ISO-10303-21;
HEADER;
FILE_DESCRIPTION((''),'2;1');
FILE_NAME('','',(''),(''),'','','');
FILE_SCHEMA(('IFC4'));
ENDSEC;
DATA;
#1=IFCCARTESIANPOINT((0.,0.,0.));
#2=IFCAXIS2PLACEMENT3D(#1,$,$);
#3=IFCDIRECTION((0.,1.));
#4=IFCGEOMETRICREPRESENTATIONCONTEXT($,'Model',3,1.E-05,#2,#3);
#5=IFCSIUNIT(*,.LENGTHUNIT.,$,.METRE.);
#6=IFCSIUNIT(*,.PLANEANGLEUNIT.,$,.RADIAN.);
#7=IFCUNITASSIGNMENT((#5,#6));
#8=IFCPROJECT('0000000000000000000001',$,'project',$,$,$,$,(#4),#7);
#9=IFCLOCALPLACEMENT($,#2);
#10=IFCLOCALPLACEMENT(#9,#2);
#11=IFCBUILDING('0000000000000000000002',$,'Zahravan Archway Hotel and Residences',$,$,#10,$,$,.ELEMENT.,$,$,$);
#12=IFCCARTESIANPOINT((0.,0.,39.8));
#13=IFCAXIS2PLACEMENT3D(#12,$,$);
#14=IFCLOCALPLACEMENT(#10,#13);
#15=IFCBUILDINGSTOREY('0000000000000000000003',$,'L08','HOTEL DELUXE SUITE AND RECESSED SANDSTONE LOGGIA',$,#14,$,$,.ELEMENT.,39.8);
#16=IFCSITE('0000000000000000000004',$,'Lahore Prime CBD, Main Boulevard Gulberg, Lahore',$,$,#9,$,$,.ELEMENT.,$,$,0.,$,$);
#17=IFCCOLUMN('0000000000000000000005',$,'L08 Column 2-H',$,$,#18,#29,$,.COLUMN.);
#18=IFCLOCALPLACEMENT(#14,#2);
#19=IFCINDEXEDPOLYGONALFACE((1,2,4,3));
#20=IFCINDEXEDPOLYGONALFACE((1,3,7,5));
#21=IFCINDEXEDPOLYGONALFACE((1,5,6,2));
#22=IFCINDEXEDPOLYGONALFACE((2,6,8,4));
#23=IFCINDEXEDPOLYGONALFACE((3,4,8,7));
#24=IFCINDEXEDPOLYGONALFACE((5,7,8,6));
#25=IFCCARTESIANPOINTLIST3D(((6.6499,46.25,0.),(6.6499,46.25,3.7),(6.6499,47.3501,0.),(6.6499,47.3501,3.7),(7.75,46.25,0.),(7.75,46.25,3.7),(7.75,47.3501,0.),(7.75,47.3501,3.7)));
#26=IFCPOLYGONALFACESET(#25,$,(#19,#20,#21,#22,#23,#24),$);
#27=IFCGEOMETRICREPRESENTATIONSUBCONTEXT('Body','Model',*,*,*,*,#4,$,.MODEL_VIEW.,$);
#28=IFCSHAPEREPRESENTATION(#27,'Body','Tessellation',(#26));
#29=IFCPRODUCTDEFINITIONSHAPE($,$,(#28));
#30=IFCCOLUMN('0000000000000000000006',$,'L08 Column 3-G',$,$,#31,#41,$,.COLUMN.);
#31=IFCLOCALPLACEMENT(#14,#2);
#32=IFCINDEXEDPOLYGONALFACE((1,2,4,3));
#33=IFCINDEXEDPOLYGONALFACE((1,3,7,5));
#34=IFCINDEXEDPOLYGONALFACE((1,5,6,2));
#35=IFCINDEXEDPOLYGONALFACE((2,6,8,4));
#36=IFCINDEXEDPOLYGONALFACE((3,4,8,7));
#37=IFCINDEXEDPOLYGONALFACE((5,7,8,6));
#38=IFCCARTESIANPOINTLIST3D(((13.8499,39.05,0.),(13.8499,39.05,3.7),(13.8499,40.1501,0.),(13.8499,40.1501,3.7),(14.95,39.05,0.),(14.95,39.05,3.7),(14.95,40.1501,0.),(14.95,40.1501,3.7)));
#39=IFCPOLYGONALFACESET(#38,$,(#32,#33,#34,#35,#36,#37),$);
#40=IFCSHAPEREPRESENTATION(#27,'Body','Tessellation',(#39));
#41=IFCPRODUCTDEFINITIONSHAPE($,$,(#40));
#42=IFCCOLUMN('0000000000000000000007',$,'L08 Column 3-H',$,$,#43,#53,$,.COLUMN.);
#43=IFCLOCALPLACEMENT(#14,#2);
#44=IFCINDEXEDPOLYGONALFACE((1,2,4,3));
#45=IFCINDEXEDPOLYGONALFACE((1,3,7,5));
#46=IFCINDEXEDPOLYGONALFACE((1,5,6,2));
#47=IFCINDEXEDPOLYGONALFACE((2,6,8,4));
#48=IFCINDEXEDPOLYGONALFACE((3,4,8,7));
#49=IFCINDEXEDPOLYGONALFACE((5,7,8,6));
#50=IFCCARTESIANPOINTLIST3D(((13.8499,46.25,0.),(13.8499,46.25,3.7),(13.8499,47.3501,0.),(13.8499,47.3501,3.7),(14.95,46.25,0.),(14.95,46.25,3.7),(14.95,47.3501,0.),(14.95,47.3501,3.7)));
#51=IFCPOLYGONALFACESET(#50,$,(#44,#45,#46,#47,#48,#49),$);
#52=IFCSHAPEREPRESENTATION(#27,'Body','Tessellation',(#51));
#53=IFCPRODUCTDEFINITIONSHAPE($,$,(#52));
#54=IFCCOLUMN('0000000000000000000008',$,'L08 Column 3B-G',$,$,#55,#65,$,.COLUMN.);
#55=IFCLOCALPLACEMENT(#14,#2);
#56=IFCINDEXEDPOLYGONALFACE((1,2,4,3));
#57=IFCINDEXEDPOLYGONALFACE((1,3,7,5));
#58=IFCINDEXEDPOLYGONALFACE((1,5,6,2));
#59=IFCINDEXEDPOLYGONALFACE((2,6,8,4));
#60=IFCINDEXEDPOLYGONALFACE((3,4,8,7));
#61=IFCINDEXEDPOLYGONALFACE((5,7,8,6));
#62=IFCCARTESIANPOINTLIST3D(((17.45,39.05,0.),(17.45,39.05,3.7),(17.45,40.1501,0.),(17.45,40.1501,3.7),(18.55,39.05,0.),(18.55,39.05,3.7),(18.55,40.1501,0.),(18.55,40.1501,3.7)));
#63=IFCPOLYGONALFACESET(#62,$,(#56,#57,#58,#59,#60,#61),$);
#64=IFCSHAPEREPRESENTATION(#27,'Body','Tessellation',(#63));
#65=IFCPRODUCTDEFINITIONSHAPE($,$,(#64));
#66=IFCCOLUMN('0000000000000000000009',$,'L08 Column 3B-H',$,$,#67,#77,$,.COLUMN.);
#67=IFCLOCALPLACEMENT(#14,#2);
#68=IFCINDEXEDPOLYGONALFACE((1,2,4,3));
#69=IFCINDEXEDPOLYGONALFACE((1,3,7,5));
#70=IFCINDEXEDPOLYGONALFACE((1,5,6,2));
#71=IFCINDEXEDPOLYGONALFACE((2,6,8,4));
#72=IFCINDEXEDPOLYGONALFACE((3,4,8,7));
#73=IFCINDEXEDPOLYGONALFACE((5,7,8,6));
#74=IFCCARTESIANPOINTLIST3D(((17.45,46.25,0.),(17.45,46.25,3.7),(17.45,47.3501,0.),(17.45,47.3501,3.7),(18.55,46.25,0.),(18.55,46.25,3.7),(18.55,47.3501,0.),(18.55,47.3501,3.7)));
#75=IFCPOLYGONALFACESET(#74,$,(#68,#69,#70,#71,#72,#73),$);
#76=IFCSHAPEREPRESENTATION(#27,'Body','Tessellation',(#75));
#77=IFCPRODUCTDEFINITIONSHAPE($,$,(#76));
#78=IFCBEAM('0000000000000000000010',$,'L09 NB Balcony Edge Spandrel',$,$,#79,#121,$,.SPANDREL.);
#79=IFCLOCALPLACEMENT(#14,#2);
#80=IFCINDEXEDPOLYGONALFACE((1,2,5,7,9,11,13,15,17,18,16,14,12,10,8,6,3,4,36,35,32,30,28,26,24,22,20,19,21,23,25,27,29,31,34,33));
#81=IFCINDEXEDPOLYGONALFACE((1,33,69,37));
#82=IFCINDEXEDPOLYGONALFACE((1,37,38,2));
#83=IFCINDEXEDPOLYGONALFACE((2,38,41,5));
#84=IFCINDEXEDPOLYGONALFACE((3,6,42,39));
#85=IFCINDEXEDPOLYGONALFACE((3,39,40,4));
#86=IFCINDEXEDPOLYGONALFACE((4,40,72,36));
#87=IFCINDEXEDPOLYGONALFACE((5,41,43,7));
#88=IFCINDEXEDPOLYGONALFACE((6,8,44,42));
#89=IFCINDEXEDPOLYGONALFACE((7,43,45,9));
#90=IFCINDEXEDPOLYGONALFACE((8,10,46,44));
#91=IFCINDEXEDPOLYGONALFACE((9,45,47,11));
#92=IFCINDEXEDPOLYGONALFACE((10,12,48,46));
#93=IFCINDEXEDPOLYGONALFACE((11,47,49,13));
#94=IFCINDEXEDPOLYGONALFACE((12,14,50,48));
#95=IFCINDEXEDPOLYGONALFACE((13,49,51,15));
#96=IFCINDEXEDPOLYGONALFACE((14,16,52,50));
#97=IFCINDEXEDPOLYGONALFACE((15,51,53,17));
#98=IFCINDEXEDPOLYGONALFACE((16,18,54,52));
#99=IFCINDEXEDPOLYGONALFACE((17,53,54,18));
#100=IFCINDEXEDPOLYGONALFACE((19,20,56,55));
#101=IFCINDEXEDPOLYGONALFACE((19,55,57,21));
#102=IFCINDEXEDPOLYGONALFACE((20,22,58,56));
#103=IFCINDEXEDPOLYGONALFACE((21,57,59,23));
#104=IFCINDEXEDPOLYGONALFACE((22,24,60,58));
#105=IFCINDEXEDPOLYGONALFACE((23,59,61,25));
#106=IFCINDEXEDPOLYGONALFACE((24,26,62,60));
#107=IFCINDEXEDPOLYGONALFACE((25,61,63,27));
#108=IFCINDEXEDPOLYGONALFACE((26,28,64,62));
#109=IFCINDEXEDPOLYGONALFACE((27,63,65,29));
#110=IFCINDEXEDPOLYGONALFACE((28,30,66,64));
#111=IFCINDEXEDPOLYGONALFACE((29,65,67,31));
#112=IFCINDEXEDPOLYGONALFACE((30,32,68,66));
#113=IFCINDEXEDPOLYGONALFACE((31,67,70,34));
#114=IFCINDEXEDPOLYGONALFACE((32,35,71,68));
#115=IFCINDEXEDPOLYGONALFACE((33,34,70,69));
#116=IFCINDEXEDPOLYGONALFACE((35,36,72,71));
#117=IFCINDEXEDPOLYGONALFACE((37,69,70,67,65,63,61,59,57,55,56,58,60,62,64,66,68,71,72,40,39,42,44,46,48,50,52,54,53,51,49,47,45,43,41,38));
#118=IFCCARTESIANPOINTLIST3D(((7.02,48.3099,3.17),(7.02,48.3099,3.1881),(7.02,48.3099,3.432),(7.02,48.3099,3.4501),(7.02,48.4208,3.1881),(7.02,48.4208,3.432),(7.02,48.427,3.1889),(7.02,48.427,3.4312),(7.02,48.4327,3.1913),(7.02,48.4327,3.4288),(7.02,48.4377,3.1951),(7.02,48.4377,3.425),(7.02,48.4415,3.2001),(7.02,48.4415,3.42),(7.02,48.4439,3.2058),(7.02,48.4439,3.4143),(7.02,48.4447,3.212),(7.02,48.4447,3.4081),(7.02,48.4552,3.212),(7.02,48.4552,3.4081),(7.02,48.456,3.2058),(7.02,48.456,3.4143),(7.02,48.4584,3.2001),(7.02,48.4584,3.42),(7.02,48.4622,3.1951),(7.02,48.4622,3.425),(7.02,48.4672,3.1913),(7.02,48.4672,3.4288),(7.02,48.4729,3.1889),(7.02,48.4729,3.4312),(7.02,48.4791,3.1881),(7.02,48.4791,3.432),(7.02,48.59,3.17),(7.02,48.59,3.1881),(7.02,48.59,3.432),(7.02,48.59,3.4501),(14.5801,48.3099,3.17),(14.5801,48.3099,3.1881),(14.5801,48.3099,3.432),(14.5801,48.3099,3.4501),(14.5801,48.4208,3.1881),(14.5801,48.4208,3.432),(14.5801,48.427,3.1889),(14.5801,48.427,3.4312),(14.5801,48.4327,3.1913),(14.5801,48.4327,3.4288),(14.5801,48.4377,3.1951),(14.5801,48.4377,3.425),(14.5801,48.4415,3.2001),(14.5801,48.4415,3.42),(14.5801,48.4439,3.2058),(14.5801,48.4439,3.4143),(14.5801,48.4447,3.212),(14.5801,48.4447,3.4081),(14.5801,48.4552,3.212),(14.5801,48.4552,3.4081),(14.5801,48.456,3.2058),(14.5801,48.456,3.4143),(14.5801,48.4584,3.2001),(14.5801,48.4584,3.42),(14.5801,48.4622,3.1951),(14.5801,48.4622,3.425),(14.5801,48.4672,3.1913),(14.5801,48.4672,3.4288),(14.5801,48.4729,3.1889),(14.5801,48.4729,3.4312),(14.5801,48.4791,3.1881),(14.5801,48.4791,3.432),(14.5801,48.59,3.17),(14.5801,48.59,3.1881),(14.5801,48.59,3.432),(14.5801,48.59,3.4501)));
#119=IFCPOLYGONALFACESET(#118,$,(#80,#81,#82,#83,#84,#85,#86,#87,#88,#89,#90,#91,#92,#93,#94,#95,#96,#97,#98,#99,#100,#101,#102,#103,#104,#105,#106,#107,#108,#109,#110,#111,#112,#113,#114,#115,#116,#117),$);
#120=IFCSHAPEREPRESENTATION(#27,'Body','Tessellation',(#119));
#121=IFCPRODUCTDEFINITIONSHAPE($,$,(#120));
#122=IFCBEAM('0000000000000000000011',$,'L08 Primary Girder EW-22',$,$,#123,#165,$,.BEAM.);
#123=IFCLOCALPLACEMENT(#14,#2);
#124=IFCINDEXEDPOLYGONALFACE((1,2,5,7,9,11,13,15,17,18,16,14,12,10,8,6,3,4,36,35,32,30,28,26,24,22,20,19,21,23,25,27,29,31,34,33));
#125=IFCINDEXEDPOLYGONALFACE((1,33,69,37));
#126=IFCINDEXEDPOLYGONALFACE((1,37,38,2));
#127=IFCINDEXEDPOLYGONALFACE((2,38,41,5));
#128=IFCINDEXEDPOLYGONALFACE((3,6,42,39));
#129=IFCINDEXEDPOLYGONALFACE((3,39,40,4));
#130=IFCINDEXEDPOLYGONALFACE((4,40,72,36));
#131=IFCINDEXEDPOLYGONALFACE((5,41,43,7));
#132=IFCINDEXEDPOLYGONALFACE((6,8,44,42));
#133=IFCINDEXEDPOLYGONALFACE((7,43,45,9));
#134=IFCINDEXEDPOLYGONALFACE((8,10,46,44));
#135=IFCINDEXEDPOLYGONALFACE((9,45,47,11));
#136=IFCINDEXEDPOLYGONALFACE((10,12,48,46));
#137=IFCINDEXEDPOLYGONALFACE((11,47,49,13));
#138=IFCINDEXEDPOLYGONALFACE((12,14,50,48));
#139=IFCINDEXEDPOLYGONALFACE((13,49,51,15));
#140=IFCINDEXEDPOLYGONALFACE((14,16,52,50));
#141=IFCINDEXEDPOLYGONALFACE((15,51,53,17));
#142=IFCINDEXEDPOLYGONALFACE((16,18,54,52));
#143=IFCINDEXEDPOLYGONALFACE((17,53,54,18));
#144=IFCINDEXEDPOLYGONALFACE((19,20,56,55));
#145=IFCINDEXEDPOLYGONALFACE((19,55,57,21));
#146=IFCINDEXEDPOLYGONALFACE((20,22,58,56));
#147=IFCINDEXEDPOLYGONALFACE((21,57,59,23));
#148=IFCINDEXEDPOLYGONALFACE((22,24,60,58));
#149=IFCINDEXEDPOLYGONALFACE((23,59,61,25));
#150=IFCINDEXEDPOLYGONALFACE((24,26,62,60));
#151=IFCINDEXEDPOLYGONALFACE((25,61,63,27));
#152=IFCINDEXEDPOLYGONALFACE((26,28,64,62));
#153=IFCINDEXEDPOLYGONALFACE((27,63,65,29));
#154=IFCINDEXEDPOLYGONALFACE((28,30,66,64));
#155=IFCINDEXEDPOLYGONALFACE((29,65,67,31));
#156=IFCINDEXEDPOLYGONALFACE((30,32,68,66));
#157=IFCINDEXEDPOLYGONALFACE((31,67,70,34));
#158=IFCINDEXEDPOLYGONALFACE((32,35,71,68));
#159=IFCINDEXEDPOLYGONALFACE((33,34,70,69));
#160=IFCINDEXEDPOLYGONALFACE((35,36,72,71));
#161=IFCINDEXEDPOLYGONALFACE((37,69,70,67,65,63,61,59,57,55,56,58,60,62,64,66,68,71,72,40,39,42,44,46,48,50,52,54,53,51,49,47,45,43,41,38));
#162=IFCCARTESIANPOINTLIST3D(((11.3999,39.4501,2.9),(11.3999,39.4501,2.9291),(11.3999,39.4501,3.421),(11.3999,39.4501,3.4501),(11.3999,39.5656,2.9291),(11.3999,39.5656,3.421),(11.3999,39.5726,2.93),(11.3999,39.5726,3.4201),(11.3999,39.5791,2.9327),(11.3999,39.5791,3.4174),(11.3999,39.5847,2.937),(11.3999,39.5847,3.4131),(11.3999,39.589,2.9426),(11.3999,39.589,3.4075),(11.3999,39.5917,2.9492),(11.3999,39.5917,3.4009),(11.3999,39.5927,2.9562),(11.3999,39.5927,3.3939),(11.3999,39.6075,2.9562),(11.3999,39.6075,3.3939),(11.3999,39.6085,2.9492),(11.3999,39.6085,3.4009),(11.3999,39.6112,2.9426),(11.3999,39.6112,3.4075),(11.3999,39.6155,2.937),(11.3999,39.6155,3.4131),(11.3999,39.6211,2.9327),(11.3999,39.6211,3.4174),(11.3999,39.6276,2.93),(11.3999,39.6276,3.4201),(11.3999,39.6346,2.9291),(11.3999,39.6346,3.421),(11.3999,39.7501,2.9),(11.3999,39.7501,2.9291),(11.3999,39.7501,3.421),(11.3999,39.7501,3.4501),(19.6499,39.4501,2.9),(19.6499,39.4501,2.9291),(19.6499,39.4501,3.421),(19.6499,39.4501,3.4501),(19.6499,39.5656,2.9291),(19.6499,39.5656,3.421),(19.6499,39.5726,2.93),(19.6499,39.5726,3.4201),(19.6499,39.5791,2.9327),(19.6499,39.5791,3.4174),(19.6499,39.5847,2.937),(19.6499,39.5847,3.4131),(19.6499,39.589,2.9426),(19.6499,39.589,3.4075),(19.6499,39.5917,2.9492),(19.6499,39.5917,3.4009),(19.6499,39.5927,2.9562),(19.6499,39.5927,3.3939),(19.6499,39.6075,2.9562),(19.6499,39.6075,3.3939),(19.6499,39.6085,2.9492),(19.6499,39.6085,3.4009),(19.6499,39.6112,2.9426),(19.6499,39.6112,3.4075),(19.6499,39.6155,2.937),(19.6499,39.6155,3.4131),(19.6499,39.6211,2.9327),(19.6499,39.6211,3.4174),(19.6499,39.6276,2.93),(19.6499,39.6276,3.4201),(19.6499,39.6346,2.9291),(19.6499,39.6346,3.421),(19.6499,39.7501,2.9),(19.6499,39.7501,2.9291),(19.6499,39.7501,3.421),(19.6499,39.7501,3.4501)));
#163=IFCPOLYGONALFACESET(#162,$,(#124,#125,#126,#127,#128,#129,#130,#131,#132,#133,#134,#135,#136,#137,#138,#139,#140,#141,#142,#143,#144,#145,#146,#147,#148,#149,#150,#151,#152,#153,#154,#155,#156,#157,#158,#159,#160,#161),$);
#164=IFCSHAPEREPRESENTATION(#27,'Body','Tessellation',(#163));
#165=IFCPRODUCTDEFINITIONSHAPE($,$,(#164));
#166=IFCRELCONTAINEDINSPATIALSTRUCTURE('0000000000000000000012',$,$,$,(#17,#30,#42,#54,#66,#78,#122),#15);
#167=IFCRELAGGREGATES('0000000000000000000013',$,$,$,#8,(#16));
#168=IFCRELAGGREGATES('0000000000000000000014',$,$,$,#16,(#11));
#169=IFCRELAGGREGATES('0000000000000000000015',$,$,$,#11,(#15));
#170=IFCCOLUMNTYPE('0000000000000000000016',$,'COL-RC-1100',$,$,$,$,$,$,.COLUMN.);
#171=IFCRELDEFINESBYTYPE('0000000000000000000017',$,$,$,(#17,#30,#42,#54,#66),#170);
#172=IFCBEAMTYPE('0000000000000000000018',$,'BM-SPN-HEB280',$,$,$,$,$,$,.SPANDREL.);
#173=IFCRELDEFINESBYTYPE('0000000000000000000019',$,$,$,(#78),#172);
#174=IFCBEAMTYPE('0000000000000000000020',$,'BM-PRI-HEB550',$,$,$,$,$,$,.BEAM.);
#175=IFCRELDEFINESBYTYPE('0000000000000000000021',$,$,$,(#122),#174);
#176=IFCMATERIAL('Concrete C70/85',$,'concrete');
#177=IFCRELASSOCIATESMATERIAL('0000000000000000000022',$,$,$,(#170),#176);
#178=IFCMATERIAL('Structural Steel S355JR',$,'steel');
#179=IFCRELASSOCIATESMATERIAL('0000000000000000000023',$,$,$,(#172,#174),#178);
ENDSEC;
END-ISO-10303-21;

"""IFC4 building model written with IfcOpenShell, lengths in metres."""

from ifc_helpers import new_model, si_unit, direction, frame, origin, origin_2d, place, context, subcontext, project, spatial, rectangle, i_section, extrude, source, transform, mapped, material, material_profile, profile_set, type_object, type_shapes, element, save


model = new_model("IFC4")

# Units and contexts
model_context = context("Model", 3, precision=1e-05, world=origin(), true_north=direction((0.0, 1.0)))
body_context = subcontext(model_context, "Body", "Model", "MODEL_VIEW")
ifc_project = project(units=[si_unit("LENGTHUNIT", "METRE"), si_unit("PLANEANGLEUNIT", "RADIAN")], contexts=[model_context])

# Site, building, storey
site_placement = place(None, origin())
site = spatial("IfcSite", under=ifc_project, at=site_placement, Name="Lahore Prime CBD, Main Boulevard Gulberg, Lahore", CompositionType="ELEMENT", RefElevation=0.0)
building_placement = place(site_placement, origin())
building = spatial("IfcBuilding", under=site, at=building_placement, Name="Zahravan Archway Hotel and Residences", CompositionType="ELEMENT")
storey_placement = place(building_placement, frame((0.0, 0.0, 39.8)))
storey = spatial("IfcBuildingStorey", under=building, at=storey_placement, Name="L08", Description="HOTEL DELUXE SUITE AND RECESSED SANDSTONE LOGGIA", CompositionType="ELEMENT", Elevation=39.8)

# Columns
ifc_material_1 = material(Name="Concrete C70/85", Category="concrete")
ifc_material_profile_1 = material_profile(ifc_material_1, rectangle(XDim=1.1001, YDim=1.1001, at=origin_2d()), Name="RC 1100x1100", Category="concrete")
ifc_profile_set_1 = profile_set([ifc_material_profile_1], Name="Concrete C70/85")
column_type = type_object("IfcColumnType", Name="COL-RC-1100", PredefinedType="COLUMN", material=ifc_profile_set_1)
shared_shape_1 = source(origin(), body_context, "Body", "SweptSolid", [
    extrude(rectangle(XDim=1.1001, YDim=1.1001, at=origin_2d()), origin(), (0.0, 0.0, 1.0), 3.7),
])
for number, where, z_axis, x_axis, name in (
    (1, (7.2, 46.8, 0.0), (0.0, 0.0, 1.0), (1.0, 0.0, 0.0), "L08 Column 2-H"),
    (2, (14.3999, 39.6001, 0.0), (0.0, 0.0, 1.0), (1.0, 0.0, 0.0), "L08 Column 3-G"),
    (3, (14.3999, 46.8, 0.0), (0.0, 0.0, 1.0), (1.0, 0.0, 0.0), "L08 Column 3-H"),
    (4, (18.0, 39.6001, 0.0), (0.0, 0.0, 1.0), (1.0, 0.0, 0.0), "L08 Column 3B-G"),
    (5, (18.0, 46.8, 0.0), (0.0, 0.0, 1.0), (1.0, 0.0, 0.0), "L08 Column 3B-H"),
):
    element("IfcColumn", number, at=place(storey_placement, frame(where, z_axis=z_axis, x_axis=x_axis)), inside=storey, type_object=column_type, Name=name, PredefinedType="COLUMN", context=body_context, shape_type="MappedRepresentation", body=[
        mapped(shared_shape_1, transform((0.0, 0.0, 0.0), scale=1.0)),
    ])

# Beams
ifc_material_2 = material(Name="Structural Steel S355JR", Category="steel")
ifc_material_profile_2 = material_profile(ifc_material_2, i_section(OverallWidth=0.28, OverallDepth=0.28, WebThickness=0.0105, FlangeThickness=0.0181, FilletRadius=0.0239, at=origin_2d()), Name="HEB 280", Category="steel")
ifc_profile_set_2 = profile_set([ifc_material_profile_2], Name="Structural Steel S355JR")
beam_type_1 = type_object("IfcBeamType", Name="BM-SPN-HEB280", PredefinedType="SPANDREL", material=ifc_profile_set_2)
shared_shape_2 = source(origin(), body_context, "Body", "SweptSolid", [
    extrude(i_section(OverallWidth=0.28, OverallDepth=0.28, WebThickness=0.0105, FlangeThickness=0.0181, FilletRadius=0.0239, at=origin_2d()), origin(), (0.0, 0.0, 1.0), 7.5601),
])
type_shapes(beam_type_1, [shared_shape_2])
beam_1_placement = place(storey_placement, frame((7.02, 48.45, 3.3101), z_axis=(1.0, 0.0, 0.0), x_axis=(0.0, 1.0, 0.0)))
element("IfcBeam", 6, at=beam_1_placement, inside=storey, type_object=beam_type_1, Name="L09 NB Balcony Edge Spandrel", PredefinedType="SPANDREL", context=body_context, shape_type="MappedRepresentation", body=[
    mapped(shared_shape_2, transform((0.0, 0.0, 0.0), scale=1.0)),
])
ifc_material_profile_3 = material_profile(ifc_material_2, i_section(OverallWidth=0.3, OverallDepth=0.55, WebThickness=0.0149, FlangeThickness=0.0291, FilletRadius=0.0271, at=origin_2d()), Name="HEB 550", Category="steel")
ifc_profile_set_3 = profile_set([ifc_material_profile_3], Name="Structural Steel S355JR")
beam_type_2 = type_object("IfcBeamType", Name="BM-PRI-HEB550", PredefinedType="BEAM", material=ifc_profile_set_3)
shared_shape_3 = source(origin(), body_context, "Body", "SweptSolid", [
    extrude(i_section(OverallWidth=0.3, OverallDepth=0.55, WebThickness=0.0149, FlangeThickness=0.0291, FilletRadius=0.0271, at=origin_2d()), origin(), (0.0, 0.0, 1.0), 8.25),
])
beam_2_placement = place(storey_placement, frame((11.3999, 39.6001, 3.175), z_axis=(1.0, 0.0, 0.0), x_axis=(0.0, 1.0, 0.0)))
element("IfcBeam", 7, at=beam_2_placement, inside=storey, type_object=beam_type_2, Name="L08 Primary Girder EW-22", PredefinedType="BEAM", context=body_context, shape_type="MappedRepresentation", body=[
    mapped(shared_shape_3, transform((0.0, 0.0, 0.0), scale=1.0)),
])

save(model, "model.ifc")
